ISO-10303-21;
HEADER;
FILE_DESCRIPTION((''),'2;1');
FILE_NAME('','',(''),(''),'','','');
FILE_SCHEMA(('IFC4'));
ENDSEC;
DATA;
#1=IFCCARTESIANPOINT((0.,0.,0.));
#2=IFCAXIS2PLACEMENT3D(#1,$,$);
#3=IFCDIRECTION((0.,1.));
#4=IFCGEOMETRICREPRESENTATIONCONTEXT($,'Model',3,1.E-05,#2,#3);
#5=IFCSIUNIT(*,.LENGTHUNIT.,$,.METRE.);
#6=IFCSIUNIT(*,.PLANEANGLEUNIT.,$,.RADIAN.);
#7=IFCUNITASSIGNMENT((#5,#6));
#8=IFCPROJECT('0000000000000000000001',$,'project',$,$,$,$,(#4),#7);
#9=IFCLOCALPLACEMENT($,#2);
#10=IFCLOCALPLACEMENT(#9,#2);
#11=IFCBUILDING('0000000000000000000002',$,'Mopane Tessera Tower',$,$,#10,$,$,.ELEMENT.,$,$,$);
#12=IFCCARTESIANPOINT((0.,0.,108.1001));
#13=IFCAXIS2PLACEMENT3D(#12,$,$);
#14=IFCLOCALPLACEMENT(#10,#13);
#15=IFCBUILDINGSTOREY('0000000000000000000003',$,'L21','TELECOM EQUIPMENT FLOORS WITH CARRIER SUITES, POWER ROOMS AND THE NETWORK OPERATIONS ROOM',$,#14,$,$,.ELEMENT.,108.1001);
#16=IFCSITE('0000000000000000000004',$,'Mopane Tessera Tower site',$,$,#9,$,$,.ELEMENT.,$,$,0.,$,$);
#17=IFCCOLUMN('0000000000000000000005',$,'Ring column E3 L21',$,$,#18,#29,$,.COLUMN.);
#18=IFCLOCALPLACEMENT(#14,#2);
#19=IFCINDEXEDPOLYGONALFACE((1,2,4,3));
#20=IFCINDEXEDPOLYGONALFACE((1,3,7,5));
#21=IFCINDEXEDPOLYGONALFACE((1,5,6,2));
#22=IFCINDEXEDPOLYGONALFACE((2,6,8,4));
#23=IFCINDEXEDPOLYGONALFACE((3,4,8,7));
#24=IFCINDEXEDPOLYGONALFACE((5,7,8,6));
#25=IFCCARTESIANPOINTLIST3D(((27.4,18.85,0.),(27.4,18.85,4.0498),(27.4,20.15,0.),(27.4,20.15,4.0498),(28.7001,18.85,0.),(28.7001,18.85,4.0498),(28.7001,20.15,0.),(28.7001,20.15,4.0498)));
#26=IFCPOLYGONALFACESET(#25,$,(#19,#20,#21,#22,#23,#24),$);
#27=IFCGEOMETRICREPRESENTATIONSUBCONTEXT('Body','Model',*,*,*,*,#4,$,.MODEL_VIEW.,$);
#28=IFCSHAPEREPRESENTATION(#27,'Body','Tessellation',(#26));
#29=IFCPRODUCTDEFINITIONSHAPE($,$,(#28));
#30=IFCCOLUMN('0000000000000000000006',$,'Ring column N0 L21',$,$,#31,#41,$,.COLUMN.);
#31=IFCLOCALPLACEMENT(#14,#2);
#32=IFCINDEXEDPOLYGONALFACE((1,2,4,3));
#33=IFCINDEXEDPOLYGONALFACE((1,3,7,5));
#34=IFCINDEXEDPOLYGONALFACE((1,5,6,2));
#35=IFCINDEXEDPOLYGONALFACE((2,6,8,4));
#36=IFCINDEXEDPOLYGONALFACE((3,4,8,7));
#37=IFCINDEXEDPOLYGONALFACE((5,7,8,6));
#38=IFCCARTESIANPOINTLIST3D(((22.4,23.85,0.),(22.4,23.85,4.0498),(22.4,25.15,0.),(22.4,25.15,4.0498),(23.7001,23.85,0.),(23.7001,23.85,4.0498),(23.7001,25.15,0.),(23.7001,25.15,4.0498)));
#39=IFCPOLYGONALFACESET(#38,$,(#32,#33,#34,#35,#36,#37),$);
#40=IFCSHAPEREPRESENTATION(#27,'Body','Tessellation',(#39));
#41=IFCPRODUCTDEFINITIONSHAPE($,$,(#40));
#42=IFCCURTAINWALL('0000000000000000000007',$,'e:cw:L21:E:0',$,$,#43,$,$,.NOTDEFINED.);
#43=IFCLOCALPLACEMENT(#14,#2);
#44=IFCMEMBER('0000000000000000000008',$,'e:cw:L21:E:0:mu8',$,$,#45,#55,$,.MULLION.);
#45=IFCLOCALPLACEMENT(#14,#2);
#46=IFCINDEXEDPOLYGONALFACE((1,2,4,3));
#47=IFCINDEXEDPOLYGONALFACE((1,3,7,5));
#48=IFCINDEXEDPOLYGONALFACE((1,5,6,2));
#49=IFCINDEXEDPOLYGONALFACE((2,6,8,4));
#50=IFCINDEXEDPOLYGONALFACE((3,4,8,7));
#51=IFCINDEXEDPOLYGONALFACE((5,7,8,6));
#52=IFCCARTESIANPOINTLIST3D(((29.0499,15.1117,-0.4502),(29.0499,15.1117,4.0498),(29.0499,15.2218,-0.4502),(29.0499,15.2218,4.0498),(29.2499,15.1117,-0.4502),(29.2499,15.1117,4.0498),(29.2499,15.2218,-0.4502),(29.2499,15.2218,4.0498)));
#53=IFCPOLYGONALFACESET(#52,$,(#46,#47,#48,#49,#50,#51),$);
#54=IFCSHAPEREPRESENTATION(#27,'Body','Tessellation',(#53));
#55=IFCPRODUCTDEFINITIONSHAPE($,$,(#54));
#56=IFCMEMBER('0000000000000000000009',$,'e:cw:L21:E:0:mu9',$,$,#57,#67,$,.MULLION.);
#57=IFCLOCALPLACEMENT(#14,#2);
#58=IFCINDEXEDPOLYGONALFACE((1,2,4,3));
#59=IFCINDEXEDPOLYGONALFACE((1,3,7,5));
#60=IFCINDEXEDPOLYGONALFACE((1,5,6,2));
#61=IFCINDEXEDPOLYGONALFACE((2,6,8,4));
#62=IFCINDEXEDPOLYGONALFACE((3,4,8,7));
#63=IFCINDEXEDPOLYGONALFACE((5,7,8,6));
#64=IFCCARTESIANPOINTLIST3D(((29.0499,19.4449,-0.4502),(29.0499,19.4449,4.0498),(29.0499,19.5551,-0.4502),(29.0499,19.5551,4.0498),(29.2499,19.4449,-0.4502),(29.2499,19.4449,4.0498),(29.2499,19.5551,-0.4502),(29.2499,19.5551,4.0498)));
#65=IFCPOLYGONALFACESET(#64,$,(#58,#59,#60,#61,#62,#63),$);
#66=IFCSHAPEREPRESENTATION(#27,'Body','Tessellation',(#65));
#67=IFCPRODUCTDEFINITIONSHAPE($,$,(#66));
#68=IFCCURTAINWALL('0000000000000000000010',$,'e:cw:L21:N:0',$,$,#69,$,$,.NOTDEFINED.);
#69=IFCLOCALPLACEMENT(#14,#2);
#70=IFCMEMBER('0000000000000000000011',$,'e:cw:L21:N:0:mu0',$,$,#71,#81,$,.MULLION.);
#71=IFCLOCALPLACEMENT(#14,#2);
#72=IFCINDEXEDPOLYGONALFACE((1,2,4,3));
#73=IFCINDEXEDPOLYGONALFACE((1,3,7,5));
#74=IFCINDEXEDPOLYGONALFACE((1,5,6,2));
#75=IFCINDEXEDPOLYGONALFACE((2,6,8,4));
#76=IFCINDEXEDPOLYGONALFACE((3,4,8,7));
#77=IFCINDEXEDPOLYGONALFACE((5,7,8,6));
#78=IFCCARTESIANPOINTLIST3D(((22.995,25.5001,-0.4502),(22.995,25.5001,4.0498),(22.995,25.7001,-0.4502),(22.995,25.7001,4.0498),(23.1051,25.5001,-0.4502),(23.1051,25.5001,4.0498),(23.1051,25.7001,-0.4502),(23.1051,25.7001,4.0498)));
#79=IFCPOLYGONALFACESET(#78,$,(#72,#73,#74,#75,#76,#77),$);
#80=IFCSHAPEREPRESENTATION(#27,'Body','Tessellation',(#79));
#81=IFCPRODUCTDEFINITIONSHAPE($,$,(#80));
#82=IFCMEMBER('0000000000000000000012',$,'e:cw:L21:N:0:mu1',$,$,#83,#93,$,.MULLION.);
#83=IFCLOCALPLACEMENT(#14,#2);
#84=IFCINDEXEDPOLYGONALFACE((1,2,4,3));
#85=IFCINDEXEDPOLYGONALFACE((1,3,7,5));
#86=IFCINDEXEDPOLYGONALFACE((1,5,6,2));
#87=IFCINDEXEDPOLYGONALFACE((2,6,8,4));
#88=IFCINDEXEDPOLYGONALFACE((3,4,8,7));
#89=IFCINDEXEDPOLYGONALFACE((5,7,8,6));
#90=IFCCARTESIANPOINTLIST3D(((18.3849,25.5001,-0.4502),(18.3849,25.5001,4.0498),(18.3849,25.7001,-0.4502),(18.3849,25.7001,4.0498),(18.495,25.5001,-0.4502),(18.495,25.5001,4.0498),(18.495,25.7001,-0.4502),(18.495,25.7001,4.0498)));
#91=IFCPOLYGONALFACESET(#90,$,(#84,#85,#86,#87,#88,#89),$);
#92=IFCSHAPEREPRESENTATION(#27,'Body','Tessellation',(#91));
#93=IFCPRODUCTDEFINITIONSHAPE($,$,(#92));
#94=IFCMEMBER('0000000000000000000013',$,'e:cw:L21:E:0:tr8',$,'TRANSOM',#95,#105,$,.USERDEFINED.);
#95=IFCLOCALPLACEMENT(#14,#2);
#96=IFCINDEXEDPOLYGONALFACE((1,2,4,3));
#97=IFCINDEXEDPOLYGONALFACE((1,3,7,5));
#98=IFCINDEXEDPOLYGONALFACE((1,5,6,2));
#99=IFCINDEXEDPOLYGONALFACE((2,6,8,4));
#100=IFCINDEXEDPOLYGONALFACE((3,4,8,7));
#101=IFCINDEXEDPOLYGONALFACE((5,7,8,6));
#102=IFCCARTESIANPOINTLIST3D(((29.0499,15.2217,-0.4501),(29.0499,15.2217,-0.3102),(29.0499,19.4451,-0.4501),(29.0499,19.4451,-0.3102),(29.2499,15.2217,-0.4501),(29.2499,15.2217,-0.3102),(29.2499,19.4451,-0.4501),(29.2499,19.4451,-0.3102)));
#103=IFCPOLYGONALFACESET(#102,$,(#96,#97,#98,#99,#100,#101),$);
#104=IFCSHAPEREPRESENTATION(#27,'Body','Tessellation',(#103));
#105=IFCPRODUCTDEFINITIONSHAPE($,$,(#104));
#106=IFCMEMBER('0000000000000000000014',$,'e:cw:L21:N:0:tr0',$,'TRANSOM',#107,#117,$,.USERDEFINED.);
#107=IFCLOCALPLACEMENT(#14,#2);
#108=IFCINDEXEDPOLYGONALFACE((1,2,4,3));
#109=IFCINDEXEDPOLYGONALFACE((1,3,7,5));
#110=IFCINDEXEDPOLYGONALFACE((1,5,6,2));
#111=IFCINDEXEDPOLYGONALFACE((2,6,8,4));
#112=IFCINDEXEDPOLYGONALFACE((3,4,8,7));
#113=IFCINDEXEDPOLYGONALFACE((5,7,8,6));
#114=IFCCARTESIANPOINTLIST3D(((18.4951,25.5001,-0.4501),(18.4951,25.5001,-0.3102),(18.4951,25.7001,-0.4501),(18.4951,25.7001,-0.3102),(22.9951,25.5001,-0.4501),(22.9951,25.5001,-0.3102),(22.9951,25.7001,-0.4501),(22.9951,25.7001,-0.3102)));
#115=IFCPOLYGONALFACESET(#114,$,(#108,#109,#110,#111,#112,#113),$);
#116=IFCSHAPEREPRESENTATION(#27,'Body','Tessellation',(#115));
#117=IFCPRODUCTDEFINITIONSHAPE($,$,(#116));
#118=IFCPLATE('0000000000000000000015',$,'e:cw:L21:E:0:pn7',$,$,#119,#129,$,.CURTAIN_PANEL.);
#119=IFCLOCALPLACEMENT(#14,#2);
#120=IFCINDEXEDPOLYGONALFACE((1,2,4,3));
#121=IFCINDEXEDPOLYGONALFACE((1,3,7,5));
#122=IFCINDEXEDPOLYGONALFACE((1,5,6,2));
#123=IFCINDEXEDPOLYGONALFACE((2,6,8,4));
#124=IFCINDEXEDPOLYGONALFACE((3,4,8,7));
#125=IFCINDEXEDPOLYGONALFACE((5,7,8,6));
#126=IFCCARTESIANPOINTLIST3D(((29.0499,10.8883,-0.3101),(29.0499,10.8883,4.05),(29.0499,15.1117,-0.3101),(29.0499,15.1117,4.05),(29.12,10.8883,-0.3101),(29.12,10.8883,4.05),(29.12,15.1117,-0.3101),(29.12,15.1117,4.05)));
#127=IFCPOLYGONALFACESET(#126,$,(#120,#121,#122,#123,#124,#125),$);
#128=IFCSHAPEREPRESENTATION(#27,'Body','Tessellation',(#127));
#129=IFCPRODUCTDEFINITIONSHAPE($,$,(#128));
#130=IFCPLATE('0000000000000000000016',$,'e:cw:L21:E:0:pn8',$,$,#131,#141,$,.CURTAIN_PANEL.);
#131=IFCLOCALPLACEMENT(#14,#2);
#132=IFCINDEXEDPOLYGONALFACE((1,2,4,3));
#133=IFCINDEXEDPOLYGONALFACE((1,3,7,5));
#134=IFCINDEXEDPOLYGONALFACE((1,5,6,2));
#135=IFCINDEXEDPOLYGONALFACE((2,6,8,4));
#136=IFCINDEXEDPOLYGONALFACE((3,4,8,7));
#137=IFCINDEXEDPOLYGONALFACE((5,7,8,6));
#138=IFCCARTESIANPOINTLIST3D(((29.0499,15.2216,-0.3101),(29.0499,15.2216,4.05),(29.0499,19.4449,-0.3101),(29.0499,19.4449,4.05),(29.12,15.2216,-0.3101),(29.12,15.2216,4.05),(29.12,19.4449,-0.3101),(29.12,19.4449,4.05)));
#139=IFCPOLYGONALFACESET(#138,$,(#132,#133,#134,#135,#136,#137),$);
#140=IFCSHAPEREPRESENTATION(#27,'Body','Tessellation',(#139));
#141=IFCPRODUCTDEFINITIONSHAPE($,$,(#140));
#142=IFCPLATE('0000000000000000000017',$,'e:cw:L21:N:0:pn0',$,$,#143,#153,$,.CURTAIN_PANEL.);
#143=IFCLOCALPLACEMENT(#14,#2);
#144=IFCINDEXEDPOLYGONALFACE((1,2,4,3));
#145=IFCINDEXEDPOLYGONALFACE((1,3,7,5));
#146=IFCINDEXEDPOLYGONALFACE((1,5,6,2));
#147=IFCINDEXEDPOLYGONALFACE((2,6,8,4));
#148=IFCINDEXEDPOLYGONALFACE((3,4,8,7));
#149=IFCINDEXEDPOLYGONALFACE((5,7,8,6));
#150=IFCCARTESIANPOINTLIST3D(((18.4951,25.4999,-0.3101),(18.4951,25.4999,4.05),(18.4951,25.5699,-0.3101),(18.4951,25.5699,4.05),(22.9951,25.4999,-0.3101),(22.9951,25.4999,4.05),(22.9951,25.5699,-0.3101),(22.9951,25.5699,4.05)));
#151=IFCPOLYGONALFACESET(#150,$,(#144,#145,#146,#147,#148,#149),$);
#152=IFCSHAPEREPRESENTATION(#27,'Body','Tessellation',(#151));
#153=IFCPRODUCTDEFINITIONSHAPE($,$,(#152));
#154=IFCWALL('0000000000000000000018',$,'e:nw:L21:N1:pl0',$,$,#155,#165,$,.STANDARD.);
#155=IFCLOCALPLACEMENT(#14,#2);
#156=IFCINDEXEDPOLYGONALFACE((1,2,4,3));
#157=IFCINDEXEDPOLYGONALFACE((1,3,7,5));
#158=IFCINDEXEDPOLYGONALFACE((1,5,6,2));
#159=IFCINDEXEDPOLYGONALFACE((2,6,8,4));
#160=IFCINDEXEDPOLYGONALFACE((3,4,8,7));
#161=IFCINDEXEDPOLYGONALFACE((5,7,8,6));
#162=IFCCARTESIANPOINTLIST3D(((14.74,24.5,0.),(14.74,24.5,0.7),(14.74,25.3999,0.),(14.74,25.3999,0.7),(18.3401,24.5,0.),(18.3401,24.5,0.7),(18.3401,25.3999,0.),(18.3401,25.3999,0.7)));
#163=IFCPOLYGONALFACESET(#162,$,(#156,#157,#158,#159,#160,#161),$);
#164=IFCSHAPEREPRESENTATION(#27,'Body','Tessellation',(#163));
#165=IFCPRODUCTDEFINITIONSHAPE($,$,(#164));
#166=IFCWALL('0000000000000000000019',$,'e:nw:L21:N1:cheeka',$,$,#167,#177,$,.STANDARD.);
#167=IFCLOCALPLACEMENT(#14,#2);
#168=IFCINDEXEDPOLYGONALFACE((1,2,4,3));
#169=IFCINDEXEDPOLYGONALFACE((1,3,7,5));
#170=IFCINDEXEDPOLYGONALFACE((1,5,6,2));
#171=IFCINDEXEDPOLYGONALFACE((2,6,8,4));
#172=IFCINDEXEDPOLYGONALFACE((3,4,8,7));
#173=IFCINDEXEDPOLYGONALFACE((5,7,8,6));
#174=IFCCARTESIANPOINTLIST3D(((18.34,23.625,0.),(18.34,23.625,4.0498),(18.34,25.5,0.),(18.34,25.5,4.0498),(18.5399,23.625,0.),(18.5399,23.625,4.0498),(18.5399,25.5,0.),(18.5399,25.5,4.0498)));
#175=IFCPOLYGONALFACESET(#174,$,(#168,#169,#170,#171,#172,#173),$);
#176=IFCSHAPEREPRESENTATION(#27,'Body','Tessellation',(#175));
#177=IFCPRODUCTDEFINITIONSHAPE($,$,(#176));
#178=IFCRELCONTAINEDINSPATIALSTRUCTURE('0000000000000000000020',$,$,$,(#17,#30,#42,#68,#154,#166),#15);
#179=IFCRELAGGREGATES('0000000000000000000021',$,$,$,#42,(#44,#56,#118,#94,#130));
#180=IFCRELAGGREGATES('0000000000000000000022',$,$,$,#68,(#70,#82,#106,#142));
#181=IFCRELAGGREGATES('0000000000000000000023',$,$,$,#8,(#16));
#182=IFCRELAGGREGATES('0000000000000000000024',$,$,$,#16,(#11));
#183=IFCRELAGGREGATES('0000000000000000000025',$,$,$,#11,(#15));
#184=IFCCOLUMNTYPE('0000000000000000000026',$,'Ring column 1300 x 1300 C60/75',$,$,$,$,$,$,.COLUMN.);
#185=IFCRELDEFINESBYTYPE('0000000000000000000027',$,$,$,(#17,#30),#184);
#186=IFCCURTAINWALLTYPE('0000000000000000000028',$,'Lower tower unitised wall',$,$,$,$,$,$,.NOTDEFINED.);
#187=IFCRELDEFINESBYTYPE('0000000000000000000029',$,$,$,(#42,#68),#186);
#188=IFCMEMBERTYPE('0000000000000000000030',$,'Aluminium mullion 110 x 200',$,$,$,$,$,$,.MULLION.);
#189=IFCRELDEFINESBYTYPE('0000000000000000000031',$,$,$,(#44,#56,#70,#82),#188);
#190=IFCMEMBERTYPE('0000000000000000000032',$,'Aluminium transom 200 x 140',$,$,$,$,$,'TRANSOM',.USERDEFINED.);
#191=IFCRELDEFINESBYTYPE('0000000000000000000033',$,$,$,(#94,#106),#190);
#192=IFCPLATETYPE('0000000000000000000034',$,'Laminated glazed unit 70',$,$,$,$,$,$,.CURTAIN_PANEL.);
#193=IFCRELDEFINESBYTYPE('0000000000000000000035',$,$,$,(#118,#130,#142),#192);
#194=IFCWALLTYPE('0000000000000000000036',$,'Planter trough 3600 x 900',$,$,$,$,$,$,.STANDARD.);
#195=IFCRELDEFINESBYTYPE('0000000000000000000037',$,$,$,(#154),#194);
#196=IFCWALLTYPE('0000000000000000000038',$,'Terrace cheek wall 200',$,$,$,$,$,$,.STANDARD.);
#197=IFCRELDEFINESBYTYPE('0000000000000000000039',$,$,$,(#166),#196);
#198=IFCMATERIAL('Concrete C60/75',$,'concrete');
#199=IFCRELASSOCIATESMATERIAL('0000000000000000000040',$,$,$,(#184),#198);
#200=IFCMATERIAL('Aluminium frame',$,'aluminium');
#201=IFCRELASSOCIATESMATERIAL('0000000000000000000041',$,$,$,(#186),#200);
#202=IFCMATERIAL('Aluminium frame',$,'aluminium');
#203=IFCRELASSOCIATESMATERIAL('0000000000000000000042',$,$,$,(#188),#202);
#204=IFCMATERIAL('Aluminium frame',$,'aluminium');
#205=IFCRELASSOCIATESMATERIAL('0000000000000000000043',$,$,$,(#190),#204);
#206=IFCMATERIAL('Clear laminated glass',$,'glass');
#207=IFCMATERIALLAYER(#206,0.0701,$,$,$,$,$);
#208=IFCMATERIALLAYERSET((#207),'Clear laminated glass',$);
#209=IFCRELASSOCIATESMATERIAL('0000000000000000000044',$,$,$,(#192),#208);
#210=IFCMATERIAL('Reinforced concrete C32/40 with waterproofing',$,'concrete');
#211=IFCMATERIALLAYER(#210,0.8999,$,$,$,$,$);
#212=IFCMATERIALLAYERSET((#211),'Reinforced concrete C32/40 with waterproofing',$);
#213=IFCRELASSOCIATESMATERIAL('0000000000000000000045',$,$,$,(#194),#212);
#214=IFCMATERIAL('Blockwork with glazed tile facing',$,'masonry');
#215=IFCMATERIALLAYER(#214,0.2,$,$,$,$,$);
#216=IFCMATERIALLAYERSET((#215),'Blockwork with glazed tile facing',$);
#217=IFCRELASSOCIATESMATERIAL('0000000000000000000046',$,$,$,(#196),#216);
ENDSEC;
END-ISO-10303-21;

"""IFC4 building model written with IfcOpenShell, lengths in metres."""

from ifc_helpers import new_model, si_unit, direction, frame, frame_2d, origin, origin_2d, place, context, subcontext, project, spatial, rectangle, extrude, material, layer, layer_set, material_profile, profile_set, type_object, element, aggregate, save


model = new_model("IFC4")

# Units and contexts
model_context = context("Model", 3, precision=1e-05, world=origin(), true_north=direction((0.0, 1.0)))
body_context = subcontext(model_context, "Body", "Model", "MODEL_VIEW")
ifc_project = project(units=[si_unit("LENGTHUNIT", "METRE"), si_unit("PLANEANGLEUNIT", "RADIAN")], contexts=[model_context])

# Site, building, storey
site_placement = place(None, origin())
site = spatial("IfcSite", under=ifc_project, at=site_placement, Name="Mopane Tessera Tower site", CompositionType="ELEMENT", RefElevation=0.0)
building_placement = place(site_placement, origin())
building = spatial("IfcBuilding", under=site, at=building_placement, Name="Mopane Tessera Tower", CompositionType="ELEMENT")
storey_placement = place(building_placement, frame((0.0, 0.0, 108.1001)))
storey = spatial("IfcBuildingStorey", under=building, at=storey_placement, Name="L21", Description="TELECOM EQUIPMENT FLOORS WITH CARRIER SUITES, POWER ROOMS AND THE NETWORK OPERATIONS ROOM", CompositionType="ELEMENT", Elevation=108.1001)

# Columns
ifc_material_1 = material(Name="Concrete C60/75", Category="concrete")
ifc_material_profile_1 = material_profile(ifc_material_1, rectangle(XDim=1.3, YDim=1.3, at=origin_2d()))
ifc_profile_set_1 = profile_set([ifc_material_profile_1], Name="Concrete C60/75")
column_type = type_object("IfcColumnType", Name="Ring column 1300 x 1300 C60/75", PredefinedType="COLUMN", material=ifc_profile_set_1)
for number, where, z_axis, x_axis, name in (
    (1, (28.05, 19.5, 0.0), (0.0, 0.0, 1.0), (1.0, 0.0, 0.0), "Ring column E3 L21"),
    (2, (23.05, 24.5, 0.0), (0.0, 0.0, 1.0), (1.0, 0.0, 0.0), "Ring column N0 L21"),
):
    element("IfcColumn", number, at=place(storey_placement, frame(where, z_axis=z_axis, x_axis=x_axis)), inside=storey, type_object=column_type, Name=name, PredefinedType="COLUMN", context=body_context, shape_type="SweptSolid", body=[
        extrude(rectangle(XDim=1.3, YDim=1.3, at=origin_2d()), origin(), (0.0, 0.0, 1.0), 4.0498),
    ])

# Curtain walls, members
ifc_material_2 = material(Name="Aluminium frame", Category="aluminium")
curtain_wall_type = type_object("IfcCurtainWallType", Name="Lower tower unitised wall", PredefinedType="NOTDEFINED", material=ifc_material_2)
curtain_wall_1_placement = place(storey_placement, origin())
curtain_wall_1 = element("IfcCurtainWall", 3, at=curtain_wall_1_placement, inside=storey, type_object=curtain_wall_type, Name="e:cw:L21:E:0", PredefinedType="NOTDEFINED")
ifc_material_3 = material(Name="Aluminium frame", Category="aluminium")
ifc_material_profile_2 = material_profile(ifc_material_3, rectangle(XDim=0.1101, YDim=0.2, at=origin_2d()))
ifc_profile_set_2 = profile_set([ifc_material_profile_2], Name="Aluminium frame")
member_type_1 = type_object("IfcMemberType", Name="Aluminium mullion 110 x 200", PredefinedType="MULLION", material=ifc_profile_set_2)
member_1_placement = place(storey_placement, frame((29.1499, 15.1667, -0.4502), z_axis=(0.0, 0.0, 1.0), x_axis=(0.0, 1.0, 0.0)))
member_1 = element("IfcMember", 4, at=member_1_placement, type_object=member_type_1, Name="e:cw:L21:E:0:mu8", PredefinedType="MULLION", context=body_context, shape_type="SweptSolid", body=[
    extrude(rectangle(XDim=0.1101, YDim=0.2, at=origin_2d()), origin(), (0.0, 0.0, 1.0), 4.5),
])
member_2_placement = place(storey_placement, frame((29.1499, 19.5, -0.4502), z_axis=(0.0, 0.0, 1.0), x_axis=(0.0, 1.0, 0.0)))
member_2 = element("IfcMember", 5, at=member_2_placement, type_object=member_type_1, Name="e:cw:L21:E:0:mu9", PredefinedType="MULLION", context=body_context, shape_type="SweptSolid", body=[
    extrude(rectangle(XDim=0.1101, YDim=0.2, at=origin_2d()), origin(), (0.0, 0.0, 1.0), 4.5),
])
curtain_wall_2_placement = place(storey_placement, origin())
curtain_wall_2 = element("IfcCurtainWall", 6, at=curtain_wall_2_placement, inside=storey, type_object=curtain_wall_type, Name="e:cw:L21:N:0", PredefinedType="NOTDEFINED")
member_3_placement = place(storey_placement, frame((23.05, 25.6001, -0.4502), z_axis=(0.0, 0.0, 1.0), x_axis=(-1.0, 0.0, 0.0)))
member_3 = element("IfcMember", 7, at=member_3_placement, type_object=member_type_1, Name="e:cw:L21:N:0:mu0", PredefinedType="MULLION", context=body_context, shape_type="SweptSolid", body=[
    extrude(rectangle(XDim=0.1101, YDim=0.2, at=origin_2d()), origin(), (0.0, 0.0, 1.0), 4.5),
])
member_4_placement = place(storey_placement, frame((18.4399, 25.6001, -0.4502), z_axis=(0.0, 0.0, 1.0), x_axis=(-1.0, 0.0, 0.0)))
member_4 = element("IfcMember", 8, at=member_4_placement, type_object=member_type_1, Name="e:cw:L21:N:0:mu1", PredefinedType="MULLION", context=body_context, shape_type="SweptSolid", body=[
    extrude(rectangle(XDim=0.1101, YDim=0.2, at=origin_2d()), origin(), (0.0, 0.0, 1.0), 4.5),
])

# Members
ifc_material_4 = material(Name="Aluminium frame", Category="aluminium")
ifc_material_profile_3 = material_profile(ifc_material_4, rectangle(XDim=0.2, YDim=0.1399, at=origin_2d()))
ifc_profile_set_3 = profile_set([ifc_material_profile_3], Name="Aluminium frame")
member_type_2 = type_object("IfcMemberType", Name="Aluminium transom 200 x 140", ElementType="TRANSOM", PredefinedType="USERDEFINED", material=ifc_profile_set_3)
member_5_placement = place(storey_placement, frame((29.1499, 15.2217, -0.3801), z_axis=(0.0, 1.0, 0.0), x_axis=(-1.0, 0.0, 0.0)))
member_5 = element("IfcMember", 9, at=member_5_placement, type_object=member_type_2, Name="e:cw:L21:E:0:tr8", ObjectType="TRANSOM", PredefinedType="USERDEFINED", context=body_context, shape_type="SweptSolid", body=[
    extrude(rectangle(XDim=0.2, YDim=0.1399, at=origin_2d()), origin(), (0.0, 0.0, 1.0), 4.2234),
])
member_6_placement = place(storey_placement, frame((22.9951, 25.6001, -0.3801), z_axis=(-1.0, 0.0, 0.0), x_axis=(0.0, -1.0, 0.0)))
member_6 = element("IfcMember", 10, at=member_6_placement, type_object=member_type_2, Name="e:cw:L21:N:0:tr0", ObjectType="TRANSOM", PredefinedType="USERDEFINED", context=body_context, shape_type="SweptSolid", body=[
    extrude(rectangle(XDim=0.2, YDim=0.1399, at=origin_2d()), origin(), (0.0, 0.0, 1.0), 4.5),
])

# Plates
ifc_material_5 = material(Name="Clear laminated glass", Category="glass")
ifc_layer_1 = layer(ifc_material_5, 0.0701)
ifc_layer_set_1 = layer_set([ifc_layer_1], Name="Clear laminated glass")
plate_type = type_object("IfcPlateType", Name="Laminated glazed unit 70", PredefinedType="CURTAIN_PANEL", material=ifc_layer_set_1)
plate_1_placement = place(storey_placement, frame((29.085, 13.0, -0.3101), z_axis=(0.0, 0.0, 1.0), x_axis=(0.0, 1.0, 0.0)))
plate_1 = element("IfcPlate", 11, at=plate_1_placement, type_object=plate_type, Name="e:cw:L21:E:0:pn7", PredefinedType="CURTAIN_PANEL", context=body_context, shape_type="SweptSolid", body=[
    extrude(rectangle(XDim=4.2234, YDim=0.0701, at=origin_2d()), origin(), (0.0, 0.0, 1.0), 4.3601),
])
plate_2_placement = place(storey_placement, frame((29.085, 17.3333, -0.3101), z_axis=(0.0, 0.0, 1.0), x_axis=(0.0, 1.0, 0.0)))
plate_2 = element("IfcPlate", 12, at=plate_2_placement, type_object=plate_type, Name="e:cw:L21:E:0:pn8", PredefinedType="CURTAIN_PANEL", context=body_context, shape_type="SweptSolid", body=[
    extrude(rectangle(XDim=4.2234, YDim=0.0701, at=origin_2d()), origin(), (0.0, 0.0, 1.0), 4.3601),
])
aggregate(curtain_wall_1, [member_1, member_2, plate_1, member_5, plate_2])
plate_3_placement = place(storey_placement, frame((20.7451, 25.5349, -0.3101), z_axis=(0.0, 0.0, 1.0), x_axis=(-1.0, 0.0, 0.0)))
plate_3 = element("IfcPlate", 13, at=plate_3_placement, type_object=plate_type, Name="e:cw:L21:N:0:pn0", PredefinedType="CURTAIN_PANEL", context=body_context, shape_type="SweptSolid", body=[
    extrude(rectangle(XDim=4.5, YDim=0.0701, at=origin_2d()), origin(), (0.0, 0.0, 1.0), 4.3601),
])
aggregate(curtain_wall_2, [member_3, member_4, member_6, plate_3])

# Walls
ifc_material_6 = material(Name="Reinforced concrete C32/40 with waterproofing", Category="concrete")
ifc_layer_2 = layer(ifc_material_6, 0.8999)
ifc_layer_set_2 = layer_set([ifc_layer_2], Name="Reinforced concrete C32/40 with waterproofing")
wall_type_1 = type_object("IfcWallType", Name="Planter trough 3600 x 900", PredefinedType="STANDARD", material=ifc_layer_set_2)
wall_1_placement = place(storey_placement, frame((18.3401, 24.95, 0.0), z_axis=(0.0, 0.0, 1.0), x_axis=(-1.0, 0.0, 0.0)))
element("IfcWall", 14, at=wall_1_placement, inside=storey, type_object=wall_type_1, Name="e:nw:L21:N1:pl0", PredefinedType="STANDARD", context=body_context, shape_type="SweptSolid", body=[
    extrude(rectangle(XDim=3.6001, YDim=0.8999, at=frame_2d((1.8, 0.0))), origin(), (0.0, 0.0, 1.0), 0.7),
])
ifc_material_7 = material(Name="Blockwork with glazed tile facing", Category="masonry")
ifc_layer_3 = layer(ifc_material_7, 0.2)
ifc_layer_set_3 = layer_set([ifc_layer_3], Name="Blockwork with glazed tile facing")
wall_type_2 = type_object("IfcWallType", Name="Terrace cheek wall 200", PredefinedType="STANDARD", material=ifc_layer_set_3)
wall_2_placement = place(storey_placement, frame((18.4399, 25.5, 0.0), z_axis=(0.0, 0.0, 1.0), x_axis=(0.0, -1.0, 0.0)))
element("IfcWall", 15, at=wall_2_placement, inside=storey, type_object=wall_type_2, Name="e:nw:L21:N1:cheeka", PredefinedType="STANDARD", context=body_context, shape_type="SweptSolid", body=[
    extrude(rectangle(XDim=1.875, YDim=0.2, at=frame_2d((0.9375, 0.0))), origin(), (0.0, 0.0, 1.0), 4.0498),
])

save(model, "model.ifc")
